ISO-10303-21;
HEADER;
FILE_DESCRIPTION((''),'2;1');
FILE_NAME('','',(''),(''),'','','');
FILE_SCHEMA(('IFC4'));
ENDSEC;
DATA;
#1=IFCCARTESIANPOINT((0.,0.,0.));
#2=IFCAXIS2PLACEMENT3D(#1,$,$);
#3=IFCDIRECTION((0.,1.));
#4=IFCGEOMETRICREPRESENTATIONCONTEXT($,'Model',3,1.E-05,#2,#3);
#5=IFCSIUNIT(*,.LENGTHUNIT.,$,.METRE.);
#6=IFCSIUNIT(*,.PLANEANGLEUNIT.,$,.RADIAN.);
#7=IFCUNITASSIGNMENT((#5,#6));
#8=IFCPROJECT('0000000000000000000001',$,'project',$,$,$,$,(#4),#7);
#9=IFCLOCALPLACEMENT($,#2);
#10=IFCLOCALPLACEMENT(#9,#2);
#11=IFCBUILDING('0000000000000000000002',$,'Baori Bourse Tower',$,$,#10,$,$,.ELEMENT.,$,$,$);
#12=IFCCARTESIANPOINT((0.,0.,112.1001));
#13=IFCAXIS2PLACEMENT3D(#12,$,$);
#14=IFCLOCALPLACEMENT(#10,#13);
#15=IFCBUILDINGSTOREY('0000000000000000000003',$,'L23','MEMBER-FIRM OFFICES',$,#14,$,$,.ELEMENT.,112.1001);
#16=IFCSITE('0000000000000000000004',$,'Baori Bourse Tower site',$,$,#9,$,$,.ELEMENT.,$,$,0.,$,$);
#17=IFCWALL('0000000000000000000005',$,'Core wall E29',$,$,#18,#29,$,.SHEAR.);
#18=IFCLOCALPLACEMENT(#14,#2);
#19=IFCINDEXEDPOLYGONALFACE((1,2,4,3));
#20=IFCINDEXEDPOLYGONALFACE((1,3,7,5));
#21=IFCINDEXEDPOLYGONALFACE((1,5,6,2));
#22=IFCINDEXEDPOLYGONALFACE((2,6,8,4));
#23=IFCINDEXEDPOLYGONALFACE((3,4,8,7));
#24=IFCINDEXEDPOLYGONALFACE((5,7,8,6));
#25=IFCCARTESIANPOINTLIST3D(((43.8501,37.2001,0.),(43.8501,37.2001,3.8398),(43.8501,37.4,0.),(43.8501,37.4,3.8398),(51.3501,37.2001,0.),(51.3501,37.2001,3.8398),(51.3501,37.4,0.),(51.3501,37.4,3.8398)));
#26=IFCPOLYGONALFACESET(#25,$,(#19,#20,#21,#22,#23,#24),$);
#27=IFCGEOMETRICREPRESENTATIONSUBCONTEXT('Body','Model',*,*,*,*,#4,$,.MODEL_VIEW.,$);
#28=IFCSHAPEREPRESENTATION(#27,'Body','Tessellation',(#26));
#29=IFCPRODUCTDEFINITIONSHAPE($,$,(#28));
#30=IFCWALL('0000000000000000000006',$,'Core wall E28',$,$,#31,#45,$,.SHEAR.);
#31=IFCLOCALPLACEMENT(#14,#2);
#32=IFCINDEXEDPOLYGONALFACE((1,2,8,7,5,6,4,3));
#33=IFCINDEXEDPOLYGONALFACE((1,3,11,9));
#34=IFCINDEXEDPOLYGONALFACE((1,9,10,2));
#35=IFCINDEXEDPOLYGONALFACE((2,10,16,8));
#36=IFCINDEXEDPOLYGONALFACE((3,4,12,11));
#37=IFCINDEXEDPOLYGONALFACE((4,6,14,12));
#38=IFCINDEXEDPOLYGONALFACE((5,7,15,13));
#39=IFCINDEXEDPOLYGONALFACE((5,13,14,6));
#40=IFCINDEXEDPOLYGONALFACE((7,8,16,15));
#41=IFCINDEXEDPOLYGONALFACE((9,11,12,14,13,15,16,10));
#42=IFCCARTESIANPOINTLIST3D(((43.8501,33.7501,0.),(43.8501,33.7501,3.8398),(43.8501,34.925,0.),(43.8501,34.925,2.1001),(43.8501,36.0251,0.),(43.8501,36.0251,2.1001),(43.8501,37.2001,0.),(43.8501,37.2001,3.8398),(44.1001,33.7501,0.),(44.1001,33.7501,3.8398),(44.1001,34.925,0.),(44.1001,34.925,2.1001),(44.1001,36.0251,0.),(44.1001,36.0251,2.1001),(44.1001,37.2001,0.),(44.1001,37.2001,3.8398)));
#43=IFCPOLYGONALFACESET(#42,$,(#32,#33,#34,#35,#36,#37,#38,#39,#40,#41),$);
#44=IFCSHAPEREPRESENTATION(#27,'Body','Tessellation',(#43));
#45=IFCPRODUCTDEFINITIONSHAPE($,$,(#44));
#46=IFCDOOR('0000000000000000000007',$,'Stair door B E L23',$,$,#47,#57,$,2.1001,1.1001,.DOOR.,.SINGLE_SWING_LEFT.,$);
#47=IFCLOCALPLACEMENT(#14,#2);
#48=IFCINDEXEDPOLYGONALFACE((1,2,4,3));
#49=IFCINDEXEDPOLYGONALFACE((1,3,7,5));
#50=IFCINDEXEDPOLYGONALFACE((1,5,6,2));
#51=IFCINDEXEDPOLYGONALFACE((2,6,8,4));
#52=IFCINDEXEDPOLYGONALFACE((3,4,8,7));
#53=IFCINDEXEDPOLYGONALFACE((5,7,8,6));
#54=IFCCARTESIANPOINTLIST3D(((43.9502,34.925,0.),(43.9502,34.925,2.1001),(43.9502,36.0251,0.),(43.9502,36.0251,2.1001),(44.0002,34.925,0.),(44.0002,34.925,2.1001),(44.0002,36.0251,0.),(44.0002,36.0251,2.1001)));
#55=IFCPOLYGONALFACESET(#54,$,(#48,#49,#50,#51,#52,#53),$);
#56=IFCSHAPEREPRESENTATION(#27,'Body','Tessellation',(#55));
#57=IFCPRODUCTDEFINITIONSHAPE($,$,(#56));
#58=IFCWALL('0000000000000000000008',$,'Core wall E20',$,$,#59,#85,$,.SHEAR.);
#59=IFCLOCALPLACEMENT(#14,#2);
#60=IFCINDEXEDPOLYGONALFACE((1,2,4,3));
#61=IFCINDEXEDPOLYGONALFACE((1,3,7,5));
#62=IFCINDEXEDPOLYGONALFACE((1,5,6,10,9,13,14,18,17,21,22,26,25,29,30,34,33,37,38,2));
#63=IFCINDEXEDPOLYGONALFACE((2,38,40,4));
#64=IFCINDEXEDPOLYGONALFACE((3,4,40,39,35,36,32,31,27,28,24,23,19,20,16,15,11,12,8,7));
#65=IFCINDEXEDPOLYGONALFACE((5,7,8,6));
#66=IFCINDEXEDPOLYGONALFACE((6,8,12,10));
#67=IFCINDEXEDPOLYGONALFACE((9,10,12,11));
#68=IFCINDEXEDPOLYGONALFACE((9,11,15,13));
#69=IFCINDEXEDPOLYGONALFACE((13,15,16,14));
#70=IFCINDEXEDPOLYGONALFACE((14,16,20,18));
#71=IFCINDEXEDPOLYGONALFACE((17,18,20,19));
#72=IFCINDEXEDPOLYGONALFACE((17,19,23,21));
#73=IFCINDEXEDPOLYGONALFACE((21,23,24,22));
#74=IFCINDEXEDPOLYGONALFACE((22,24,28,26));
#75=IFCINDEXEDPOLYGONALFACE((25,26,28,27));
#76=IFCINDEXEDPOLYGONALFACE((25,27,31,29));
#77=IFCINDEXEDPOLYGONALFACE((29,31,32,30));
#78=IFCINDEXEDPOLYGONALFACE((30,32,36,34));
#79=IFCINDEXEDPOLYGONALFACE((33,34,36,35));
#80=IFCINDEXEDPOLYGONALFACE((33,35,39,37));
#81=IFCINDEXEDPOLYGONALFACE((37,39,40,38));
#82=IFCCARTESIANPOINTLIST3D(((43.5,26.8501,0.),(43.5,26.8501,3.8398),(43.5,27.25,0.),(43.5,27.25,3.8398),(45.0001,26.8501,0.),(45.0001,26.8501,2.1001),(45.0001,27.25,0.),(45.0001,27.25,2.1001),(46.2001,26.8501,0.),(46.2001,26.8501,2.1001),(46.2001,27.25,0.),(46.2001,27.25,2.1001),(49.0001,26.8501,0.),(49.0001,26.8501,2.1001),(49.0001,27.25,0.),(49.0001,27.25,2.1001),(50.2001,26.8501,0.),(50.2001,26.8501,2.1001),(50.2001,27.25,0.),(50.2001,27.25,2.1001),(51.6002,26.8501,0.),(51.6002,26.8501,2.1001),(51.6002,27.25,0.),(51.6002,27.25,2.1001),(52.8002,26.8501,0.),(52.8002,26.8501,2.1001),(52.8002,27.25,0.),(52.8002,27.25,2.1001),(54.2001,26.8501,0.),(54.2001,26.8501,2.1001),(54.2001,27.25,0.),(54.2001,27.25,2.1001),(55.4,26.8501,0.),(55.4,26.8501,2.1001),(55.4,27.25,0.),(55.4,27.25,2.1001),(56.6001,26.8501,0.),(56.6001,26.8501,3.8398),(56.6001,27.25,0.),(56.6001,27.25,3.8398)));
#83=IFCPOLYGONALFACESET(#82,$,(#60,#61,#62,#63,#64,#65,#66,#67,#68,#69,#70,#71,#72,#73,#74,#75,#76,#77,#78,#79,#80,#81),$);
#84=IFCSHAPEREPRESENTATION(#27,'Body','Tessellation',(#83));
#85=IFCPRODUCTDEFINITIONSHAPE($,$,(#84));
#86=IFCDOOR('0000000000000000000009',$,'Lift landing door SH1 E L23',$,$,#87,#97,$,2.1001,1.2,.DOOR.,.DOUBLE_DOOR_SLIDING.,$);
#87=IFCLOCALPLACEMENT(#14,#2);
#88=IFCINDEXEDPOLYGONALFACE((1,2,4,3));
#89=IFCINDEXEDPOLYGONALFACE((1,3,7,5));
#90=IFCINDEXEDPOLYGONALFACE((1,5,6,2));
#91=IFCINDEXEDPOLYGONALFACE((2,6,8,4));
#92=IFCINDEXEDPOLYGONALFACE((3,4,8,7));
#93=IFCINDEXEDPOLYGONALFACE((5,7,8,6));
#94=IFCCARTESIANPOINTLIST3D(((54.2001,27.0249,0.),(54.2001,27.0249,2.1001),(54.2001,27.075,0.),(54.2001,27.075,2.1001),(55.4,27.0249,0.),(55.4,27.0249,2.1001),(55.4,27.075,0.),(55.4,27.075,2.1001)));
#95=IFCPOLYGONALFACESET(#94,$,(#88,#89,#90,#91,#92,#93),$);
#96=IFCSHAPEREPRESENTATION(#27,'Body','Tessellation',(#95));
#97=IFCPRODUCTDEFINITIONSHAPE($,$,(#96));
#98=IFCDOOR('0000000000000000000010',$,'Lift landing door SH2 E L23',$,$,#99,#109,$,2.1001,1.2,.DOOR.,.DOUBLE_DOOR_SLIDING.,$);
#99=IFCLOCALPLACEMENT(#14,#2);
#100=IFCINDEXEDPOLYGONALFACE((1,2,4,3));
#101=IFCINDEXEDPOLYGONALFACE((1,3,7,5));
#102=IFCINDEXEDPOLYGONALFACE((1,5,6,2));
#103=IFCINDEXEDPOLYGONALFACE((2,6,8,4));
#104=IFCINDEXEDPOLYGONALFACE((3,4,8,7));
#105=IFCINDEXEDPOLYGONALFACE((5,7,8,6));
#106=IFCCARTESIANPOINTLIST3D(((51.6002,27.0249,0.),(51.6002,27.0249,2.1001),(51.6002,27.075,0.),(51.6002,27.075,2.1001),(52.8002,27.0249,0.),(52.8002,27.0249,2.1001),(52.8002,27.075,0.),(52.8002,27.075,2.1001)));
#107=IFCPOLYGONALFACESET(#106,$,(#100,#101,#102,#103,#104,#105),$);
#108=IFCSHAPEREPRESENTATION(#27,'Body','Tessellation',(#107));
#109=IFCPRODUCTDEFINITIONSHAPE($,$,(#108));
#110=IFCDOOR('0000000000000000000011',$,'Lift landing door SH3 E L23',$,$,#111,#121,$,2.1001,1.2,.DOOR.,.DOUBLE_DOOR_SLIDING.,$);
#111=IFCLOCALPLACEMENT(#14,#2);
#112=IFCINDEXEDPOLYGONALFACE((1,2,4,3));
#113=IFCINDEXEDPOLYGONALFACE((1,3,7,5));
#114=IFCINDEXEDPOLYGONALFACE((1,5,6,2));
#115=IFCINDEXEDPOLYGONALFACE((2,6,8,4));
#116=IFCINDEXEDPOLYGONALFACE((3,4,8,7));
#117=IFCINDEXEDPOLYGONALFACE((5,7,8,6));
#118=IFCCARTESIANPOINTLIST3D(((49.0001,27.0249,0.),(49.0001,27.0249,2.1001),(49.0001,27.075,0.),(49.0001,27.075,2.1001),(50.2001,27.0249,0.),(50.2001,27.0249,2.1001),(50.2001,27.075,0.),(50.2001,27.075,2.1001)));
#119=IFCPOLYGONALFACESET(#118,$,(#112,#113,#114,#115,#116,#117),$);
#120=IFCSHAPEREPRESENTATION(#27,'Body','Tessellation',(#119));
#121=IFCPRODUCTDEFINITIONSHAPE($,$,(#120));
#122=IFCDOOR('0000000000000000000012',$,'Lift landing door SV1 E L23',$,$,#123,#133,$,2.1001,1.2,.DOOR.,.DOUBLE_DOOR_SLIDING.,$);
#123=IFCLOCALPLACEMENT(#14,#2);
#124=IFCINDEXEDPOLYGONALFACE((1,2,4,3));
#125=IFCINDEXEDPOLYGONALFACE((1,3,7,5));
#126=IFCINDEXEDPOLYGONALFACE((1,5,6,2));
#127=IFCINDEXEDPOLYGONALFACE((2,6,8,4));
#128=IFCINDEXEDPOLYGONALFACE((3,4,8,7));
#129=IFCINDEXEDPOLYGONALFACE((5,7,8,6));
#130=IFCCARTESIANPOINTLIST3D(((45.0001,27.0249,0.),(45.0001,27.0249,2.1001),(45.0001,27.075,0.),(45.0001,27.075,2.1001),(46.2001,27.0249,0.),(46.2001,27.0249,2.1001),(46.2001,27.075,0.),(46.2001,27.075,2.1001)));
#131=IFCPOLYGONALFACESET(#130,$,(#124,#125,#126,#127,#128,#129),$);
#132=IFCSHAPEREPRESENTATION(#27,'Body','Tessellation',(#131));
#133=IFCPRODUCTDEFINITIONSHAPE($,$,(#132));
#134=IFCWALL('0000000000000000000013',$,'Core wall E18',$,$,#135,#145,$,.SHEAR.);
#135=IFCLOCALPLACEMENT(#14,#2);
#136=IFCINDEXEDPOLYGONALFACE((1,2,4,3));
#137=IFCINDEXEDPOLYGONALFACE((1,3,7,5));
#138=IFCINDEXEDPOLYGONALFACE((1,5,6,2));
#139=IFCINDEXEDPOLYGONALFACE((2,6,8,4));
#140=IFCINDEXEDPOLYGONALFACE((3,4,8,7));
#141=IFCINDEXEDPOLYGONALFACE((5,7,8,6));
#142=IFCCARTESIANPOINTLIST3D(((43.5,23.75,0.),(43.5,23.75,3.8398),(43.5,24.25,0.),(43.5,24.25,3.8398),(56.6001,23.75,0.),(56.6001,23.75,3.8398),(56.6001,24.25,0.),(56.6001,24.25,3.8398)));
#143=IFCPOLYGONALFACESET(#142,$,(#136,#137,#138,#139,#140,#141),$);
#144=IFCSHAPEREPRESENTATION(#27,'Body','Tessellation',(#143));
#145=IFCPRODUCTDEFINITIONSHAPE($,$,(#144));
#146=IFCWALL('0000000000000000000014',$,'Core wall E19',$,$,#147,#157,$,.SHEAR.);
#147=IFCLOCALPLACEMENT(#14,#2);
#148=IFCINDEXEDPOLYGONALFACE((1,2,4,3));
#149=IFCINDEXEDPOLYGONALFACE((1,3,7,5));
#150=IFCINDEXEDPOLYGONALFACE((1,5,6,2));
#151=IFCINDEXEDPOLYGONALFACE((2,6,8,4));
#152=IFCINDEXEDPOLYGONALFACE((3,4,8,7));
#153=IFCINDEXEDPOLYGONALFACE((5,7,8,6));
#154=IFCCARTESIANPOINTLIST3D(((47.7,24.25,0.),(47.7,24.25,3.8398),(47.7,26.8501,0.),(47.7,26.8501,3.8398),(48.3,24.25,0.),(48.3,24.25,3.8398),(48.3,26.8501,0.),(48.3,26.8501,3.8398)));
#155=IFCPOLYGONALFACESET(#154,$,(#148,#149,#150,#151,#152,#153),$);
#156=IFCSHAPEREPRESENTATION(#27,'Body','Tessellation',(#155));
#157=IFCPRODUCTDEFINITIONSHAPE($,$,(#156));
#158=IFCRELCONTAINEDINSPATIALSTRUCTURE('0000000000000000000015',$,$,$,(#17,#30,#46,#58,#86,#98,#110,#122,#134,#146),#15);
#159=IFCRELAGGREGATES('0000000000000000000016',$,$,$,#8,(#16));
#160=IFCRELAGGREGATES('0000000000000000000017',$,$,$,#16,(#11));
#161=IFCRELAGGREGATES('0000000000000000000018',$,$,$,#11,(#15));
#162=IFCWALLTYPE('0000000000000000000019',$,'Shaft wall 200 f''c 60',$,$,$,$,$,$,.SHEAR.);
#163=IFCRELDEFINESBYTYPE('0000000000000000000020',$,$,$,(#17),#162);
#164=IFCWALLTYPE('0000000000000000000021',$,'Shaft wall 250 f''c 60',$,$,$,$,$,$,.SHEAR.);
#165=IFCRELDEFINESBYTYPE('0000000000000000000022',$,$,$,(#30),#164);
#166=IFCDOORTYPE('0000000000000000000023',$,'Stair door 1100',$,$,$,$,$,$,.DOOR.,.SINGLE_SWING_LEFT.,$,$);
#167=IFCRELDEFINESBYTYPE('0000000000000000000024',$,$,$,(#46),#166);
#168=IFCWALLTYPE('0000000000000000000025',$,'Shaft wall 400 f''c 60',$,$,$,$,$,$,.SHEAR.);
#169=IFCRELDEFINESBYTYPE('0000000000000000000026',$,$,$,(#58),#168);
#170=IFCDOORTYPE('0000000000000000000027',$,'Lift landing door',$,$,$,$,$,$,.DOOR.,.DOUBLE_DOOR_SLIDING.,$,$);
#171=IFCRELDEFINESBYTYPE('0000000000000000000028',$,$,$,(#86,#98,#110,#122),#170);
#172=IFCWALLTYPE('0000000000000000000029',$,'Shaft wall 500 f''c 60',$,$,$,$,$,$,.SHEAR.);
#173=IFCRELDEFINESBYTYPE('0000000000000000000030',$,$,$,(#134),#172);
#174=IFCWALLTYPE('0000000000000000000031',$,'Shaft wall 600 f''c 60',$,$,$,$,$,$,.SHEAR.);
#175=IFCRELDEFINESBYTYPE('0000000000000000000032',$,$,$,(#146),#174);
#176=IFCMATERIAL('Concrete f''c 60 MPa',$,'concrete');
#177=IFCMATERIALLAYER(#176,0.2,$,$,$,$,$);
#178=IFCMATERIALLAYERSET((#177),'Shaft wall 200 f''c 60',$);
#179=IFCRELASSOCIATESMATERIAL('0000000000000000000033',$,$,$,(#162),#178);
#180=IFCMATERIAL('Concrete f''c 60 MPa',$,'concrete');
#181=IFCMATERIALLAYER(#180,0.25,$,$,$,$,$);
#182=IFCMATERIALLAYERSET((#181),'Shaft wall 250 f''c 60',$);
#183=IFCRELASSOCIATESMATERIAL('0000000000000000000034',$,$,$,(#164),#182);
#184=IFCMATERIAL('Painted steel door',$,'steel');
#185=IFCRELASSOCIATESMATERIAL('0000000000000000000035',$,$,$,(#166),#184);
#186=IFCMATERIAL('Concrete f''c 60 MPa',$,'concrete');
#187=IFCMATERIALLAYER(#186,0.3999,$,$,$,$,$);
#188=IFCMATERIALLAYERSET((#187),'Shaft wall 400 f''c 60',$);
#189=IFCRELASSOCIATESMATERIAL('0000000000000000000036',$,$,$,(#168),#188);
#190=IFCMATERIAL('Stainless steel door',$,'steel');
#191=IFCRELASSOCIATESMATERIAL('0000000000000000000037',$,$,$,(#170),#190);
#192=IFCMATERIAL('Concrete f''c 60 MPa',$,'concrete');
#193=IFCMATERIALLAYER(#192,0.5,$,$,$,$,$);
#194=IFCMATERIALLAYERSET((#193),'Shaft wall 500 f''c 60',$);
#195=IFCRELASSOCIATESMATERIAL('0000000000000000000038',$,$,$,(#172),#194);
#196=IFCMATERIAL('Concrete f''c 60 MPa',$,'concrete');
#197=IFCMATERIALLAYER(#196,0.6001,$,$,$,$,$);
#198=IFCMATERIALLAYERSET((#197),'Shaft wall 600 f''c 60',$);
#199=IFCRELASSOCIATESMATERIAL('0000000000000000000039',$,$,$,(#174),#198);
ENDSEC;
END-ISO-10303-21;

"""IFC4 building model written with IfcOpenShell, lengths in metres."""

from ifc_helpers import new_model, si_unit, direction, frame, frame_2d, origin, place, context, subcontext, project, spatial, rectangle, extrude, material, layer, layer_set, type_object, element, fill, save


model = new_model("IFC4")

# Units and contexts
model_context = context("Model", 3, precision=1e-05, world=origin(), true_north=direction((0.0, 1.0)))
body_context = subcontext(model_context, "Body", "Model", "MODEL_VIEW")
ifc_project = project(units=[si_unit("LENGTHUNIT", "METRE"), si_unit("PLANEANGLEUNIT", "RADIAN")], contexts=[model_context])

# Site, building, storey
site_placement = place(None, origin())
site = spatial("IfcSite", under=ifc_project, at=site_placement, Name="Baori Bourse Tower site", CompositionType="ELEMENT", RefElevation=0.0)
building_placement = place(site_placement, origin())
building = spatial("IfcBuilding", under=site, at=building_placement, Name="Baori Bourse Tower", CompositionType="ELEMENT")
storey_placement = place(building_placement, frame((0.0, 0.0, 112.1001)))
storey = spatial("IfcBuildingStorey", under=building, at=storey_placement, Name="L23", Description="MEMBER-FIRM OFFICES", CompositionType="ELEMENT", Elevation=112.1001)

# Wall
ifc_material_1 = material(Name="Concrete f'c 60 MPa", Category="concrete")
ifc_layer_1 = layer(ifc_material_1, 0.2)
ifc_layer_set_1 = layer_set([ifc_layer_1], Name="Shaft wall 200 f'c 60")
wall_type_1 = type_object("IfcWallType", Name="Shaft wall 200 f'c 60", PredefinedType="SHEAR", material=ifc_layer_set_1)
wall_1_placement = place(storey_placement, frame((43.8501, 37.3, 0.0), z_axis=(0.0, 0.0, 1.0), x_axis=(1.0, 0.0, 0.0)))
element("IfcWall", 1, at=wall_1_placement, inside=storey, type_object=wall_type_1, Name="Core wall E29", PredefinedType="SHEAR", context=body_context, shape_type="SweptSolid", body=[
    extrude(rectangle(XDim=7.5, YDim=0.2, at=frame_2d((3.75, 0.0))), origin(), (0.0, 0.0, 1.0), 3.8398),
])

# Wall, opening, door
ifc_material_2 = material(Name="Concrete f'c 60 MPa", Category="concrete")
ifc_layer_2 = layer(ifc_material_2, 0.25)
ifc_layer_set_2 = layer_set([ifc_layer_2], Name="Shaft wall 250 f'c 60")
wall_type_2 = type_object("IfcWallType", Name="Shaft wall 250 f'c 60", PredefinedType="SHEAR", material=ifc_layer_set_2)
wall_2_placement = place(storey_placement, frame((43.9751, 33.75, 0.0), z_axis=(0.0, 0.0, 1.0), x_axis=(0.0, 1.0, 0.0)))
wall_2 = element("IfcWall", 2, at=wall_2_placement, inside=storey, type_object=wall_type_2, Name="Core wall E28", PredefinedType="SHEAR", context=body_context, shape_type="SweptSolid", body=[
    extrude(rectangle(XDim=3.45, YDim=0.25, at=frame_2d((1.7251, 0.0))), origin(), (0.0, 0.0, 1.0), 3.8398),
])
opening_1_placement = place(wall_2_placement, frame((1.175, 0.0, 0.0)))
opening_1 = element("IfcOpeningElement", 3, at=opening_1_placement, cuts=wall_2, PredefinedType="OPENING", context=body_context, shape_type="SweptSolid", body=[
    extrude(rectangle(XDim=1.1001, YDim=2.1001, at=frame_2d((0.55, 1.05))), frame((0.0, 0.135, 0.0), z_axis=(0.0, -1.0, 0.0), x_axis=(1.0, 0.0, 0.0)), (0.0, 0.0, 1.0), 0.27),
])
ifc_material_3 = material(Name="Painted steel door", Category="steel")
door_type_1 = type_object("IfcDoorType", Name="Stair door 1100", OperationType="SINGLE_SWING_LEFT", PredefinedType="DOOR", material=ifc_material_3)
door_1_placement = place(opening_1_placement, origin())
door_1 = element("IfcDoor", 4, at=door_1_placement, inside=storey, type_object=door_type_1, Name="Stair door B E L23", OperationType="SINGLE_SWING_LEFT", OverallHeight=2.1001, OverallWidth=1.1001, PredefinedType="DOOR", context=body_context, shape_type="SweptSolid", body=[
    extrude(rectangle(XDim=1.1001, YDim=2.1001, at=frame_2d((0.55, 1.05))), frame((0.0, 0.0249, 0.0), z_axis=(0.0, -1.0, 0.0), x_axis=(1.0, 0.0, 0.0)), (0.0, 0.0, 1.0), 0.05),
])
fill(opening_1, door_1)

# Wall, openings, doors
ifc_material_4 = material(Name="Concrete f'c 60 MPa", Category="concrete")
ifc_layer_3 = layer(ifc_material_4, 0.3999)
ifc_layer_set_3 = layer_set([ifc_layer_3], Name="Shaft wall 400 f'c 60")
wall_type_3 = type_object("IfcWallType", Name="Shaft wall 400 f'c 60", PredefinedType="SHEAR", material=ifc_layer_set_3)
wall_3_placement = place(storey_placement, frame((43.5, 27.05, 0.0), z_axis=(0.0, 0.0, 1.0), x_axis=(1.0, 0.0, 0.0)))
wall_3 = element("IfcWall", 5, at=wall_3_placement, inside=storey, type_object=wall_type_3, Name="Core wall E20", PredefinedType="SHEAR", context=body_context, shape_type="SweptSolid", body=[
    extrude(rectangle(XDim=13.1001, YDim=0.3999, at=frame_2d((6.55, 0.0))), origin(), (0.0, 0.0, 1.0), 3.8398),
])
opening_2_placement = place(wall_3_placement, frame((10.7, 0.0, 0.0)))
opening_2 = element("IfcOpeningElement", 6, at=opening_2_placement, cuts=wall_3, PredefinedType="OPENING", context=body_context, shape_type="SweptSolid", body=[
    extrude(rectangle(XDim=1.2, YDim=2.1001, at=frame_2d((0.6001, 1.05))), frame((0.0, 0.21, 0.0), z_axis=(0.0, -1.0, 0.0), x_axis=(1.0, 0.0, 0.0)), (0.0, 0.0, 1.0), 0.4199),
])
opening_3_placement = place(wall_3_placement, frame((8.1001, 0.0, 0.0)))
opening_3 = element("IfcOpeningElement", 7, at=opening_3_placement, cuts=wall_3, PredefinedType="OPENING", context=body_context, shape_type="SweptSolid", body=[
    extrude(rectangle(XDim=1.2, YDim=2.1001, at=frame_2d((0.6001, 1.05))), frame((0.0, 0.21, 0.0), z_axis=(0.0, -1.0, 0.0), x_axis=(1.0, 0.0, 0.0)), (0.0, 0.0, 1.0), 0.4199),
])
opening_4_placement = place(wall_3_placement, frame((5.5, 0.0, 0.0)))
opening_4 = element("IfcOpeningElement", 8, at=opening_4_placement, cuts=wall_3, PredefinedType="OPENING", context=body_context, shape_type="SweptSolid", body=[
    extrude(rectangle(XDim=1.2, YDim=2.1001, at=frame_2d((0.6001, 1.05))), frame((0.0, 0.21, 0.0), z_axis=(0.0, -1.0, 0.0), x_axis=(1.0, 0.0, 0.0)), (0.0, 0.0, 1.0), 0.4199),
])
opening_5_placement = place(wall_3_placement, frame((1.5, 0.0, 0.0)))
opening_5 = element("IfcOpeningElement", 9, at=opening_5_placement, cuts=wall_3, PredefinedType="OPENING", context=body_context, shape_type="SweptSolid", body=[
    extrude(rectangle(XDim=1.2, YDim=2.1001, at=frame_2d((0.6001, 1.05))), frame((0.0, 0.21, 0.0), z_axis=(0.0, -1.0, 0.0), x_axis=(1.0, 0.0, 0.0)), (0.0, 0.0, 1.0), 0.4199),
])
ifc_material_5 = material(Name="Stainless steel door", Category="steel")
door_type_2 = type_object("IfcDoorType", Name="Lift landing door", OperationType="DOUBLE_DOOR_SLIDING", PredefinedType="DOOR", material=ifc_material_5)
door_2_placement = place(opening_2_placement, origin())
door_2 = element("IfcDoor", 10, at=door_2_placement, inside=storey, type_object=door_type_2, Name="Lift landing door SH1 E L23", OperationType="DOUBLE_DOOR_SLIDING", OverallHeight=2.1001, OverallWidth=1.2, PredefinedType="DOOR", context=body_context, shape_type="SweptSolid", body=[
    extrude(rectangle(XDim=1.2, YDim=2.1001, at=frame_2d((0.6001, 1.05))), frame((0.0, 0.0249, 0.0), z_axis=(0.0, -1.0, 0.0), x_axis=(1.0, 0.0, 0.0)), (0.0, 0.0, 1.0), 0.05),
])
fill(opening_2, door_2)
door_3_placement = place(opening_3_placement, origin())
door_3 = element("IfcDoor", 11, at=door_3_placement, inside=storey, type_object=door_type_2, Name="Lift landing door SH2 E L23", OperationType="DOUBLE_DOOR_SLIDING", OverallHeight=2.1001, OverallWidth=1.2, PredefinedType="DOOR", context=body_context, shape_type="SweptSolid", body=[
    extrude(rectangle(XDim=1.2, YDim=2.1001, at=frame_2d((0.6001, 1.05))), frame((0.0, 0.0249, 0.0), z_axis=(0.0, -1.0, 0.0), x_axis=(1.0, 0.0, 0.0)), (0.0, 0.0, 1.0), 0.05),
])
fill(opening_3, door_3)
door_4_placement = place(opening_4_placement, origin())
door_4 = element("IfcDoor", 12, at=door_4_placement, inside=storey, type_object=door_type_2, Name="Lift landing door SH3 E L23", OperationType="DOUBLE_DOOR_SLIDING", OverallHeight=2.1001, OverallWidth=1.2, PredefinedType="DOOR", context=body_context, shape_type="SweptSolid", body=[
    extrude(rectangle(XDim=1.2, YDim=2.1001, at=frame_2d((0.6001, 1.05))), frame((0.0, 0.0249, 0.0), z_axis=(0.0, -1.0, 0.0), x_axis=(1.0, 0.0, 0.0)), (0.0, 0.0, 1.0), 0.05),
])
fill(opening_4, door_4)
door_5_placement = place(opening_5_placement, origin())
door_5 = element("IfcDoor", 13, at=door_5_placement, inside=storey, type_object=door_type_2, Name="Lift landing door SV1 E L23", OperationType="DOUBLE_DOOR_SLIDING", OverallHeight=2.1001, OverallWidth=1.2, PredefinedType="DOOR", context=body_context, shape_type="SweptSolid", body=[
    extrude(rectangle(XDim=1.2, YDim=2.1001, at=frame_2d((0.6001, 1.05))), frame((0.0, 0.0249, 0.0), z_axis=(0.0, -1.0, 0.0), x_axis=(1.0, 0.0, 0.0)), (0.0, 0.0, 1.0), 0.05),
])
fill(opening_5, door_5)

# Walls
ifc_material_6 = material(Name="Concrete f'c 60 MPa", Category="concrete")
ifc_layer_4 = layer(ifc_material_6, 0.5)
ifc_layer_set_4 = layer_set([ifc_layer_4], Name="Shaft wall 500 f'c 60")
wall_type_4 = type_object("IfcWallType", Name="Shaft wall 500 f'c 60", PredefinedType="SHEAR", material=ifc_layer_set_4)
wall_4_placement = place(storey_placement, frame((43.5, 24.0, 0.0), z_axis=(0.0, 0.0, 1.0), x_axis=(1.0, 0.0, 0.0)))
element("IfcWall", 14, at=wall_4_placement, inside=storey, type_object=wall_type_4, Name="Core wall E18", PredefinedType="SHEAR", context=body_context, shape_type="SweptSolid", body=[
    extrude(rectangle(XDim=13.1001, YDim=0.5, at=frame_2d((6.55, 0.0))), origin(), (0.0, 0.0, 1.0), 3.8398),
])
ifc_material_7 = material(Name="Concrete f'c 60 MPa", Category="concrete")
ifc_layer_5 = layer(ifc_material_7, 0.6001)
ifc_layer_set_5 = layer_set([ifc_layer_5], Name="Shaft wall 600 f'c 60")
wall_type_5 = type_object("IfcWallType", Name="Shaft wall 600 f'c 60", PredefinedType="SHEAR", material=ifc_layer_set_5)
wall_5_placement = place(storey_placement, frame((48.0, 24.25, 0.0), z_axis=(0.0, 0.0, 1.0), x_axis=(0.0, 1.0, 0.0)))
element("IfcWall", 15, at=wall_5_placement, inside=storey, type_object=wall_type_5, Name="Core wall E19", PredefinedType="SHEAR", context=body_context, shape_type="SweptSolid", body=[
    extrude(rectangle(XDim=2.6001, YDim=0.6001, at=frame_2d((1.3, 0.0))), origin(), (0.0, 0.0, 1.0), 3.8398),
])

save(model, "model.ifc")
